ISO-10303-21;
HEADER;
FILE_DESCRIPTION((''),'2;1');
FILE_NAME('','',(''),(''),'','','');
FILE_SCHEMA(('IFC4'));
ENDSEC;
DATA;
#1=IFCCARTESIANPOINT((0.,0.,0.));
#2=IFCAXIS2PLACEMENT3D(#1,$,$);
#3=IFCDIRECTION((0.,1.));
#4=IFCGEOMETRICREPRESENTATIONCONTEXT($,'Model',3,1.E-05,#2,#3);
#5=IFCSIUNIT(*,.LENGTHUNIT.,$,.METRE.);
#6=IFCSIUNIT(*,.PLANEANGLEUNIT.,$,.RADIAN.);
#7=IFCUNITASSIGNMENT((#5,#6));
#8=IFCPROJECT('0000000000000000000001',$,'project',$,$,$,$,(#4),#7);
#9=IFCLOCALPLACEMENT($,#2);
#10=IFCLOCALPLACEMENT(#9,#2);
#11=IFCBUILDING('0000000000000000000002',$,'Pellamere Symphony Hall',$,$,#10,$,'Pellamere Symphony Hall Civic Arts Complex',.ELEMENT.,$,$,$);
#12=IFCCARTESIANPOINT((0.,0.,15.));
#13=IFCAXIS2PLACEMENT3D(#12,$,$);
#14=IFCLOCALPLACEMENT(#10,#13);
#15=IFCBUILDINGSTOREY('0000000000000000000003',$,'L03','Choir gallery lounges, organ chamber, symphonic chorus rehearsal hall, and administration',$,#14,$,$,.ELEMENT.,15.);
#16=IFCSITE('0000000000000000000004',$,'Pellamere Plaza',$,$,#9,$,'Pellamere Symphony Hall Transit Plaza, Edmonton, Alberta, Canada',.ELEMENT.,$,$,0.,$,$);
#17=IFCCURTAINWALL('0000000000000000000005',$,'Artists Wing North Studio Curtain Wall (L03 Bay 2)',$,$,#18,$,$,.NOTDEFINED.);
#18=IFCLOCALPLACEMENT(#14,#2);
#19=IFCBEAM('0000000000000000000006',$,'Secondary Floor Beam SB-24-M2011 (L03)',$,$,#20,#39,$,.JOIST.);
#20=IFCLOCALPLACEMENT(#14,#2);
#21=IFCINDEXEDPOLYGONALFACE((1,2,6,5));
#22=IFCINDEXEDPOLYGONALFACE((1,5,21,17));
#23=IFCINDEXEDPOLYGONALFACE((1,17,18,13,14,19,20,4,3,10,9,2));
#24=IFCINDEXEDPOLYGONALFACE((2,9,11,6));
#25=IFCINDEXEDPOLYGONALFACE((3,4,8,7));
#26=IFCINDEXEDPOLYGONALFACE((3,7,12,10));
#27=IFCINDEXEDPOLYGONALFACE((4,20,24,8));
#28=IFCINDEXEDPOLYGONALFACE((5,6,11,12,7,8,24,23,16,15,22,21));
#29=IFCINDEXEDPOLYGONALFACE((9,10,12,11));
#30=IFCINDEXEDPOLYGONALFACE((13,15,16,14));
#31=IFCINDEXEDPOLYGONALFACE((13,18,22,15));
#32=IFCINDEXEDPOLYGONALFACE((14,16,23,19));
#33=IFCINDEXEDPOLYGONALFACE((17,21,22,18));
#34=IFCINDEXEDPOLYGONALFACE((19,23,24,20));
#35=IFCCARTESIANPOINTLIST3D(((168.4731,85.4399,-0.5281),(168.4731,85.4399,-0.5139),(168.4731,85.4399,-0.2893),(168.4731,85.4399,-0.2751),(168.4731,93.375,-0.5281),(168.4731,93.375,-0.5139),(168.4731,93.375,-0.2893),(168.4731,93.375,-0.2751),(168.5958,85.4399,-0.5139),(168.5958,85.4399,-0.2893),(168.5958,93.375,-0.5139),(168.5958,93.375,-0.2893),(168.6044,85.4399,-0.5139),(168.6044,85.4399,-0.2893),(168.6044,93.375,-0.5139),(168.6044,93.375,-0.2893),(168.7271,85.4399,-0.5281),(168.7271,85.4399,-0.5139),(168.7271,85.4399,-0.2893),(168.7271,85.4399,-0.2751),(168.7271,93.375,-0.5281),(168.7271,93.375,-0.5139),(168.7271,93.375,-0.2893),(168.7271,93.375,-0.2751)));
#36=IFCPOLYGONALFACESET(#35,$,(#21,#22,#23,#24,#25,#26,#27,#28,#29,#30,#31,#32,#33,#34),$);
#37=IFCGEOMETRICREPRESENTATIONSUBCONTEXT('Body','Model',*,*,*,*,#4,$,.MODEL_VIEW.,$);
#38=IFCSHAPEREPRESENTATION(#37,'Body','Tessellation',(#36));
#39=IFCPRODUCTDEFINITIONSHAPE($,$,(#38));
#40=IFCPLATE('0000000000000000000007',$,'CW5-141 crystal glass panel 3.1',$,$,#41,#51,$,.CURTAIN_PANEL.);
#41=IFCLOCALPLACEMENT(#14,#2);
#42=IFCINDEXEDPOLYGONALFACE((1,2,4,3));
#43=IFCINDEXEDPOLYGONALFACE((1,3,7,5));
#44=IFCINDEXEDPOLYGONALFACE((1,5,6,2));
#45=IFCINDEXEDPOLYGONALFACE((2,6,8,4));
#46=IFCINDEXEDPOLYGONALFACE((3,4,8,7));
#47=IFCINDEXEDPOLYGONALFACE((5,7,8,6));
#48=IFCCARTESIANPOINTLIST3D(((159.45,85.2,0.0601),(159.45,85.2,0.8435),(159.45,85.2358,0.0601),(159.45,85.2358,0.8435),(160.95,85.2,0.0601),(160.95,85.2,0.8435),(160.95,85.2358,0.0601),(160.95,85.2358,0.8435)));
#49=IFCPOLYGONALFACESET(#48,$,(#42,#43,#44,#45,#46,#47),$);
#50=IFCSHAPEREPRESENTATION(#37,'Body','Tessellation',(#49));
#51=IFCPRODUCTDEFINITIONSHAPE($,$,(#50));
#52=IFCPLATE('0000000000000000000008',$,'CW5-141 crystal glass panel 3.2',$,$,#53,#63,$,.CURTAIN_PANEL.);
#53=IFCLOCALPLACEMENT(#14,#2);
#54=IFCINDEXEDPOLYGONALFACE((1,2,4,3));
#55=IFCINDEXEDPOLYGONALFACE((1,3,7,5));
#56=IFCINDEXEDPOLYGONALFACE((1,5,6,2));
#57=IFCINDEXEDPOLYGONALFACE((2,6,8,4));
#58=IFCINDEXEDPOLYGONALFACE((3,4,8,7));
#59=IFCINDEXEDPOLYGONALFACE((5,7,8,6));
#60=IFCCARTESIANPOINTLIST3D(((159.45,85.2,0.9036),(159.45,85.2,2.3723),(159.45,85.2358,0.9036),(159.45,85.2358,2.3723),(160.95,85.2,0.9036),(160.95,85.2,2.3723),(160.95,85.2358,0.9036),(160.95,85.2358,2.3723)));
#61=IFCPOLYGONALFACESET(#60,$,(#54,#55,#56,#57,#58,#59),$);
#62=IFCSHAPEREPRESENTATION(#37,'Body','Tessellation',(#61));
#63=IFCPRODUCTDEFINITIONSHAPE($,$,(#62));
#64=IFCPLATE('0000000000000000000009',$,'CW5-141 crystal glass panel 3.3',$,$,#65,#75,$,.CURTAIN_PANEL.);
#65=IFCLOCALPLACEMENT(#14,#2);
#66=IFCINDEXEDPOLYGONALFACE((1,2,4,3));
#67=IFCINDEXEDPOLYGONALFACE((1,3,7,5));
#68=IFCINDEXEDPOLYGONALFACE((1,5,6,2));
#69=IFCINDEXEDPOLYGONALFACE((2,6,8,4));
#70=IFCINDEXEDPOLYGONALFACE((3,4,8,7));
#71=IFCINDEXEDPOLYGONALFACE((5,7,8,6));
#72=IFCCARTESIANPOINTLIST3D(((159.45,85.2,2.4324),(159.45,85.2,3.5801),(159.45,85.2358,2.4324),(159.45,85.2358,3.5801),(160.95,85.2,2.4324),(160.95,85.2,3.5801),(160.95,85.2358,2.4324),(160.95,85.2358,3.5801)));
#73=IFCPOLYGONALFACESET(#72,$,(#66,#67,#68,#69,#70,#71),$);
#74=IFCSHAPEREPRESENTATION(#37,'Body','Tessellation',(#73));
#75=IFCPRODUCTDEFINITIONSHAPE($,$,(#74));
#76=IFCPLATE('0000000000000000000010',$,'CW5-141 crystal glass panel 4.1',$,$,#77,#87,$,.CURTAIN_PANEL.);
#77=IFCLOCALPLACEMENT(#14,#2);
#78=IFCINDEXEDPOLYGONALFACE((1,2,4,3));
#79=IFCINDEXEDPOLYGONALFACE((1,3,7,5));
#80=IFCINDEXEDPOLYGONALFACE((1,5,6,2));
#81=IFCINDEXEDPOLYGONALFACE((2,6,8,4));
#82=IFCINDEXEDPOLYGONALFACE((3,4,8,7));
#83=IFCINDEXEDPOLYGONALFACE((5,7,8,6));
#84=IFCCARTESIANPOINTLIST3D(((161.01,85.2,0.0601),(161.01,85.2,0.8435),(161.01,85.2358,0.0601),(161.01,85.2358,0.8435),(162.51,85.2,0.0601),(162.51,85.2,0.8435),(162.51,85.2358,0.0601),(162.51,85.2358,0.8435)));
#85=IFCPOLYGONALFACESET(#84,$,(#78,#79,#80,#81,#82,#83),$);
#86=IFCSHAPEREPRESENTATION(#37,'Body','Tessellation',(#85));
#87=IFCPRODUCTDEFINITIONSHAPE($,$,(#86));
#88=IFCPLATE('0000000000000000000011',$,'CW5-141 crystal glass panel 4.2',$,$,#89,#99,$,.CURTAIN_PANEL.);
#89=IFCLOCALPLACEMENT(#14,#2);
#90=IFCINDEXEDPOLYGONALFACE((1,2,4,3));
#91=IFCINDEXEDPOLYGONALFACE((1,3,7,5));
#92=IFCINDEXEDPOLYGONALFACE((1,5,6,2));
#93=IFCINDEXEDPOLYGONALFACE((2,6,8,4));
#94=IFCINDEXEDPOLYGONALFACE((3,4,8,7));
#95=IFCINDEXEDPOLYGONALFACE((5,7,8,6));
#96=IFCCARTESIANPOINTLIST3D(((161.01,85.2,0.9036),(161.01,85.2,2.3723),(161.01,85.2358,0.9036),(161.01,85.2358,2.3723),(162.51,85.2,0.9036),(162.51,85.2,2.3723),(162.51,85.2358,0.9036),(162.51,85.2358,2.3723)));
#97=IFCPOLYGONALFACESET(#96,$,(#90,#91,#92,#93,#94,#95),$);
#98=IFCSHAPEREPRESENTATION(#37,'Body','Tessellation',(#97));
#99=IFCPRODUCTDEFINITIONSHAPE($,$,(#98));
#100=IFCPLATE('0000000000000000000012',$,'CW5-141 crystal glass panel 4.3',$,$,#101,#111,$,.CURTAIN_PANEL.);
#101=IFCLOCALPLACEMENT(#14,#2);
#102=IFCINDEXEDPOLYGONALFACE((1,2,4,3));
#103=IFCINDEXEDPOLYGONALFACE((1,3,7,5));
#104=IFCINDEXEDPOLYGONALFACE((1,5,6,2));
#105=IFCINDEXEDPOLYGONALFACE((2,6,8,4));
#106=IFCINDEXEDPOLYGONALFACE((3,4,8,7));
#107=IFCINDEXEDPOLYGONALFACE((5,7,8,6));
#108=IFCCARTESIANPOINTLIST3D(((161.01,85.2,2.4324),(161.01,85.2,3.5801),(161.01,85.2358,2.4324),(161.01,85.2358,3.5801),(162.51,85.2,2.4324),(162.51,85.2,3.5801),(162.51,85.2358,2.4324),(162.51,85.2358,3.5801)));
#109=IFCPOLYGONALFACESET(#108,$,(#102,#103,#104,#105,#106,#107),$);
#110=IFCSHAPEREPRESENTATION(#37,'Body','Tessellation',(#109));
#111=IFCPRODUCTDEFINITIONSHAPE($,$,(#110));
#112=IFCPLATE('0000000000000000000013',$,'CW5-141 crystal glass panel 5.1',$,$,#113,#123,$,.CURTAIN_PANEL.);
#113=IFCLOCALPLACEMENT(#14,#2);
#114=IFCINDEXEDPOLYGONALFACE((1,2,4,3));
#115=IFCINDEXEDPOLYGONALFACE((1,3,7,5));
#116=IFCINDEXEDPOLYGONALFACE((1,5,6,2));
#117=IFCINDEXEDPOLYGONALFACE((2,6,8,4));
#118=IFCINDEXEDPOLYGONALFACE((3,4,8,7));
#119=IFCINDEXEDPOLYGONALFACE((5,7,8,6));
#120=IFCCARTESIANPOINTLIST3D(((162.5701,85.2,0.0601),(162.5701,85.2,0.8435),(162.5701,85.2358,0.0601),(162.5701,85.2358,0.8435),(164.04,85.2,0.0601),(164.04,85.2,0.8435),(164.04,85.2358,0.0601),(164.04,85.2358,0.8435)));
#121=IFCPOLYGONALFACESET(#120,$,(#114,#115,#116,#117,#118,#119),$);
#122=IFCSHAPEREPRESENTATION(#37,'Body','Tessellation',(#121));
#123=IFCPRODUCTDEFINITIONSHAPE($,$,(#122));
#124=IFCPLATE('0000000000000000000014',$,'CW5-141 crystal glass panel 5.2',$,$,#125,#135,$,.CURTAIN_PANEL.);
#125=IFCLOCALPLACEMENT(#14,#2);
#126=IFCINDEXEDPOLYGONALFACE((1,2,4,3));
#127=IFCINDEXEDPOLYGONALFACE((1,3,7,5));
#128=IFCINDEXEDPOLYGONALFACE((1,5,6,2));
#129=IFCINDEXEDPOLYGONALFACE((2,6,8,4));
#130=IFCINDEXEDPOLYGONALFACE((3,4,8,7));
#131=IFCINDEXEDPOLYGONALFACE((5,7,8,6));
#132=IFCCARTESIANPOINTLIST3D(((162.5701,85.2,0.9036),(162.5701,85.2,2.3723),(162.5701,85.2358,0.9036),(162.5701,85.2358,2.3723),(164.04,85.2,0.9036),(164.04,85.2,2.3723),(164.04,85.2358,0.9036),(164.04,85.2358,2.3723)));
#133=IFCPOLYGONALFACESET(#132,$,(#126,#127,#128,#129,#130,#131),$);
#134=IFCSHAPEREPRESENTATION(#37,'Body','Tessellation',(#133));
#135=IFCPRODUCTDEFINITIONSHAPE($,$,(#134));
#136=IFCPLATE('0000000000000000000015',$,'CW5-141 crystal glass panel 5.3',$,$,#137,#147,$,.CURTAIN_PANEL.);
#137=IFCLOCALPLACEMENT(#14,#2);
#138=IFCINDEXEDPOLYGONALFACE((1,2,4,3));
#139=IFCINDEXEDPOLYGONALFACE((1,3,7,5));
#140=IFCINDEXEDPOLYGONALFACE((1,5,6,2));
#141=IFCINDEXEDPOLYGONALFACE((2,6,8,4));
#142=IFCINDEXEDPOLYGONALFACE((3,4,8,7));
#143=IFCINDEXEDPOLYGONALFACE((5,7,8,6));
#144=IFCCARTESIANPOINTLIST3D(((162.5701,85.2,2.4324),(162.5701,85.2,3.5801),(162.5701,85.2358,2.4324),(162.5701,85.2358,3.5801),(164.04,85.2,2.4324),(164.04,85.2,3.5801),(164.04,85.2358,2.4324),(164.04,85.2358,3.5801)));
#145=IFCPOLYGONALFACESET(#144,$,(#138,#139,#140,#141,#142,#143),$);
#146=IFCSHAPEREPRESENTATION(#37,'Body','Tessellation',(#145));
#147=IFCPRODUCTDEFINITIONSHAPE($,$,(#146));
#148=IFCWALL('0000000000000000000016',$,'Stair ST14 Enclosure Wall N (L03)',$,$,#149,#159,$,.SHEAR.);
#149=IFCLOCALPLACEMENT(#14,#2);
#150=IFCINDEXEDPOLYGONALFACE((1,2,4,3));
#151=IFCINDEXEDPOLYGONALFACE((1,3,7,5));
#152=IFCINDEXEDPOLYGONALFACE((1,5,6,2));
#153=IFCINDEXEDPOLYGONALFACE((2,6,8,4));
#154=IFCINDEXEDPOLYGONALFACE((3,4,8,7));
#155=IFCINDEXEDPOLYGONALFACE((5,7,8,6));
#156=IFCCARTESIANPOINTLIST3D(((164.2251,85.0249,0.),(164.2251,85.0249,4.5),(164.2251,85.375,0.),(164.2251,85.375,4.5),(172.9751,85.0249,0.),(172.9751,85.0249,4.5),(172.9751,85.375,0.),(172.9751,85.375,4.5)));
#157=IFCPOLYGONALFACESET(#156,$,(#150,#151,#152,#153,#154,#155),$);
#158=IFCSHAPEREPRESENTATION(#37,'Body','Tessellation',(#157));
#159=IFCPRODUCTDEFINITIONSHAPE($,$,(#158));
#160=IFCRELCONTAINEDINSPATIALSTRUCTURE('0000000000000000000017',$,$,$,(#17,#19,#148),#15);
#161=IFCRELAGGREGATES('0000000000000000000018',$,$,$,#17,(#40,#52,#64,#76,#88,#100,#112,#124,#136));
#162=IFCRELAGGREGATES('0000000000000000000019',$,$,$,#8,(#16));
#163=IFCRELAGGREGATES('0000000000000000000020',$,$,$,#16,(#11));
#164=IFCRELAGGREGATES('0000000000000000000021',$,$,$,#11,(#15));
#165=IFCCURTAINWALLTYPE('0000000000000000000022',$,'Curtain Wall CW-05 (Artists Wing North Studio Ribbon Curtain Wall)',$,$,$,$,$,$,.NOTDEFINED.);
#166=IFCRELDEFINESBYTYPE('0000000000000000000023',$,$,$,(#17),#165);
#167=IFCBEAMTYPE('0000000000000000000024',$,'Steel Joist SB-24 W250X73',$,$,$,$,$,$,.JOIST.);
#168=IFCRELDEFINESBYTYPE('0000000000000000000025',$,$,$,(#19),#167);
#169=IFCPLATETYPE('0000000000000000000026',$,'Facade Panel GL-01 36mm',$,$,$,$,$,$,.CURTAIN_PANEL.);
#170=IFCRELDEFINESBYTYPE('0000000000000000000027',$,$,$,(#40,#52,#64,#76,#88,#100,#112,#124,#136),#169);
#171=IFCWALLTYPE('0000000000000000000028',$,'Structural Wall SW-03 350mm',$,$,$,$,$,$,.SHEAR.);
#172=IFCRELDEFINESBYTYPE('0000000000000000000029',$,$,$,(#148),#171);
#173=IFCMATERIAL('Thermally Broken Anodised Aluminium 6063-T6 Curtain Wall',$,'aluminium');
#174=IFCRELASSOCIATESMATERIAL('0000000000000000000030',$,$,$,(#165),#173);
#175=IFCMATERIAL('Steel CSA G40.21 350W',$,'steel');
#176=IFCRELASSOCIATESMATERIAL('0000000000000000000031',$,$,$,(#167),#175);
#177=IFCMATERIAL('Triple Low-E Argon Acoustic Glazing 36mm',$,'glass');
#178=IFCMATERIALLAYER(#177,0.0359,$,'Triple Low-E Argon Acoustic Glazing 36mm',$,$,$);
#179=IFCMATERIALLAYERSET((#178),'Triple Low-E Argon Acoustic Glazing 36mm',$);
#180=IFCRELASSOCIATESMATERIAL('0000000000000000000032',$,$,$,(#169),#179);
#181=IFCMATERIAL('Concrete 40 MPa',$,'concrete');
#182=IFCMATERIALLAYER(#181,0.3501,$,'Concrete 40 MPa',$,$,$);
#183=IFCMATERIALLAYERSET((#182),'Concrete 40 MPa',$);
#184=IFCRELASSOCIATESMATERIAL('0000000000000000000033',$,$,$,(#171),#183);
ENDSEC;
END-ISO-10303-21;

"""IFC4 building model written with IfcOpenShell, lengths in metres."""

from ifc_helpers import new_model, si_unit, direction, frame, frame_2d, origin, origin_2d, place, context, subcontext, project, spatial, polyline, rectangle, i_section, outline, extrude, material, layer, layer_set, material_profile, profile_set, type_object, element, aggregate, save


model = new_model("IFC4")

# Units and contexts
model_context = context("Model", 3, precision=1e-05, world=origin(), true_north=direction((0.0, 1.0)))
body_context = subcontext(model_context, "Body", "Model", "MODEL_VIEW")
ifc_project = project(units=[si_unit("LENGTHUNIT", "METRE"), si_unit("PLANEANGLEUNIT", "RADIAN")], contexts=[model_context])

# Site, building, storey
site_placement = place(None, origin())
site = spatial("IfcSite", under=ifc_project, at=site_placement, Name="Pellamere Plaza", LongName="Pellamere Symphony Hall Transit Plaza, Edmonton, Alberta, Canada", CompositionType="ELEMENT", RefElevation=0.0)
building_placement = place(site_placement, origin())
building = spatial("IfcBuilding", under=site, at=building_placement, Name="Pellamere Symphony Hall", LongName="Pellamere Symphony Hall Civic Arts Complex", CompositionType="ELEMENT")
storey_placement = place(building_placement, frame((0.0, 0.0, 15.0)))
storey = spatial("IfcBuildingStorey", under=building, at=storey_placement, Name="L03", Description="Choir gallery lounges, organ chamber, symphonic chorus rehearsal hall, and administration", CompositionType="ELEMENT", Elevation=15.0)

# Shared definitions
ifc_material_1 = material(Name="Concrete 40 MPa", Category="concrete")

# Curtain wall
ifc_material_2 = material(Name="Thermally Broken Anodised Aluminium 6063-T6 Curtain Wall", Category="aluminium")
curtain_wall_type = type_object("IfcCurtainWallType", Name="Curtain Wall CW-05 (Artists Wing North Studio Ribbon Curtain Wall)", PredefinedType="NOTDEFINED", material=ifc_material_2)
curtain_wall_placement = place(storey_placement, origin())
curtain_wall = element("IfcCurtainWall", 1, at=curtain_wall_placement, inside=storey, type_object=curtain_wall_type, Name="Artists Wing North Studio Curtain Wall (L03 Bay 2)", PredefinedType="NOTDEFINED")

# Beam
ifc_material_3 = material(Name="Steel CSA G40.21 350W", Category="steel")
ifc_material_profile_1 = material_profile(ifc_material_3, i_section(OverallWidth=0.2539, OverallDepth=0.2529, WebThickness=0.0085, FlangeThickness=0.0142, at=origin_2d()), Name="W250X73")
ifc_profile_set_1 = profile_set([ifc_material_profile_1], Name="Steel CSA G40.21 350W")
beam_type_1 = type_object("IfcBeamType", Name="Steel Joist SB-24 W250X73", PredefinedType="JOIST", material=ifc_profile_set_1)
beam_1_placement = place(storey_placement, frame((168.6001, 85.4399, -0.4016), z_axis=(0.0, 1.0, 0.0), x_axis=(-1.0, 0.0, 0.0)))
element("IfcBeam", 2, at=beam_1_placement, inside=storey, type_object=beam_type_1, Name="Secondary Floor Beam SB-24-M2011 (L03)", PredefinedType="JOIST", context=body_context, shape_type="SweptSolid", body=[
    extrude(i_section(OverallWidth=0.2539, OverallDepth=0.2529, WebThickness=0.0085, FlangeThickness=0.0142, at=origin_2d()), origin(), (0.0, 0.0, 1.0), 7.9351),
])

# Plates
ifc_material_4 = material(Name="Triple Low-E Argon Acoustic Glazing 36mm", Category="glass")
ifc_layer_1 = layer(ifc_material_4, 0.0359, Name="Triple Low-E Argon Acoustic Glazing 36mm")
ifc_layer_set_1 = layer_set([ifc_layer_1], Name="Triple Low-E Argon Acoustic Glazing 36mm")
plate_type = type_object("IfcPlateType", Name="Facade Panel GL-01 36mm", PredefinedType="CURTAIN_PANEL", material=ifc_layer_set_1)
plate_1_placement = place(storey_placement, frame((159.45, 85.2, 0.0601), z_axis=(0.0, -1.0, 0.0), x_axis=(1.0, 0.0, 0.0)))
plate_1 = element("IfcPlate", 3, at=plate_1_placement, type_object=plate_type, Name="CW5-141 crystal glass panel 3.1", PredefinedType="CURTAIN_PANEL", context=body_context, shape_type="SweptSolid", body=[
    extrude(outline(polyline([(0.0, 0.0), (1.5, 0.0), (1.5, 0.7834), (0.0, 0.7834), (0.0, 0.0)])), origin(), (0.0, 0.0, -1.0), 0.0359),
])
plate_2_placement = place(storey_placement, frame((159.45, 85.2, 0.9036), z_axis=(0.0, -1.0, 0.0), x_axis=(1.0, 0.0, 0.0)))
plate_2 = element("IfcPlate", 4, at=plate_2_placement, type_object=plate_type, Name="CW5-141 crystal glass panel 3.2", PredefinedType="CURTAIN_PANEL", context=body_context, shape_type="SweptSolid", body=[
    extrude(outline(polyline([(0.0, 0.0), (1.5, 0.0), (1.5, 1.4688), (0.0, 1.4688), (0.0, 0.0)])), origin(), (0.0, 0.0, -1.0), 0.0359),
])
plate_3_placement = place(storey_placement, frame((159.45, 85.2, 2.4324), z_axis=(0.0, -1.0, 0.0), x_axis=(1.0, 0.0, 0.0)))
plate_3 = element("IfcPlate", 5, at=plate_3_placement, type_object=plate_type, Name="CW5-141 crystal glass panel 3.3", PredefinedType="CURTAIN_PANEL", context=body_context, shape_type="SweptSolid", body=[
    extrude(outline(polyline([(0.0, 0.0), (1.5, 0.0), (1.5, 1.1477), (0.0, 1.1477), (0.0, 0.0)])), origin(), (0.0, 0.0, -1.0), 0.0359),
])
plate_4_placement = place(storey_placement, frame((161.01, 85.2, 0.0601), z_axis=(0.0, -1.0, 0.0), x_axis=(1.0, 0.0, 0.0)))
plate_4 = element("IfcPlate", 6, at=plate_4_placement, type_object=plate_type, Name="CW5-141 crystal glass panel 4.1", PredefinedType="CURTAIN_PANEL", context=body_context, shape_type="SweptSolid", body=[
    extrude(outline(polyline([(0.0, 0.0), (1.5, 0.0), (1.5, 0.7834), (0.0, 0.7834), (0.0, 0.0)])), origin(), (0.0, 0.0, -1.0), 0.0359),
])
plate_5_placement = place(storey_placement, frame((161.01, 85.2, 0.9036), z_axis=(0.0, -1.0, 0.0), x_axis=(1.0, 0.0, 0.0)))
plate_5 = element("IfcPlate", 7, at=plate_5_placement, type_object=plate_type, Name="CW5-141 crystal glass panel 4.2", PredefinedType="CURTAIN_PANEL", context=body_context, shape_type="SweptSolid", body=[
    extrude(outline(polyline([(0.0, 0.0), (1.5, 0.0), (1.5, 1.4688), (0.0, 1.4688), (0.0, 0.0)])), origin(), (0.0, 0.0, -1.0), 0.0359),
])
plate_6_placement = place(storey_placement, frame((161.01, 85.2, 2.4324), z_axis=(0.0, -1.0, 0.0), x_axis=(1.0, 0.0, 0.0)))
plate_6 = element("IfcPlate", 8, at=plate_6_placement, type_object=plate_type, Name="CW5-141 crystal glass panel 4.3", PredefinedType="CURTAIN_PANEL", context=body_context, shape_type="SweptSolid", body=[
    extrude(outline(polyline([(0.0, 0.0), (1.5, 0.0), (1.5, 1.1477), (0.0, 1.1477), (0.0, 0.0)])), origin(), (0.0, 0.0, -1.0), 0.0359),
])
plate_7_placement = place(storey_placement, frame((162.5701, 85.2, 0.0601), z_axis=(0.0, -1.0, 0.0), x_axis=(1.0, 0.0, 0.0)))
plate_7 = element("IfcPlate", 9, at=plate_7_placement, type_object=plate_type, Name="CW5-141 crystal glass panel 5.1", PredefinedType="CURTAIN_PANEL", context=body_context, shape_type="SweptSolid", body=[
    extrude(outline(polyline([(0.0, 0.0), (1.47, 0.0), (1.47, 0.7834), (0.0, 0.7834), (0.0, 0.0)])), origin(), (0.0, 0.0, -1.0), 0.0359),
])
plate_8_placement = place(storey_placement, frame((162.5701, 85.2, 0.9036), z_axis=(0.0, -1.0, 0.0), x_axis=(1.0, 0.0, 0.0)))
plate_8 = element("IfcPlate", 10, at=plate_8_placement, type_object=plate_type, Name="CW5-141 crystal glass panel 5.2", PredefinedType="CURTAIN_PANEL", context=body_context, shape_type="SweptSolid", body=[
    extrude(outline(polyline([(0.0, 0.0), (1.47, 0.0), (1.47, 1.4688), (0.0, 1.4688), (0.0, 0.0)])), origin(), (0.0, 0.0, -1.0), 0.0359),
])
plate_9_placement = place(storey_placement, frame((162.5701, 85.2, 2.4324), z_axis=(0.0, -1.0, 0.0), x_axis=(1.0, 0.0, 0.0)))
plate_9 = element("IfcPlate", 11, at=plate_9_placement, type_object=plate_type, Name="CW5-141 crystal glass panel 5.3", PredefinedType="CURTAIN_PANEL", context=body_context, shape_type="SweptSolid", body=[
    extrude(outline(polyline([(0.0, 0.0), (1.47, 0.0), (1.47, 1.1477), (0.0, 1.1477), (0.0, 0.0)])), origin(), (0.0, 0.0, -1.0), 0.0359),
])
aggregate(curtain_wall, [plate_1, plate_2, plate_3, plate_4, plate_5, plate_6, plate_7, plate_8, plate_9])

# Wall
ifc_layer_2 = layer(ifc_material_1, 0.3501, Name="Concrete 40 MPa")
ifc_layer_set_2 = layer_set([ifc_layer_2], Name="Concrete 40 MPa")
wall_type = type_object("IfcWallType", Name="Structural Wall SW-03 350mm", PredefinedType="SHEAR", material=ifc_layer_set_2)
wall_placement = place(storey_placement, frame((164.2251, 85.2, 0.0), z_axis=(0.0, 0.0, 1.0), x_axis=(1.0, 0.0, 0.0)))
element("IfcWall", 12, at=wall_placement, inside=storey, type_object=wall_type, Name="Stair ST14 Enclosure Wall N (L03)", PredefinedType="SHEAR", context=body_context, shape_type="SweptSolid", body=[
    extrude(rectangle(XDim=8.75, YDim=0.3501, at=frame_2d((4.375, 0.0))), origin(), (0.0, 0.0, 1.0), 4.5),
])

save(model, "model.ifc")
